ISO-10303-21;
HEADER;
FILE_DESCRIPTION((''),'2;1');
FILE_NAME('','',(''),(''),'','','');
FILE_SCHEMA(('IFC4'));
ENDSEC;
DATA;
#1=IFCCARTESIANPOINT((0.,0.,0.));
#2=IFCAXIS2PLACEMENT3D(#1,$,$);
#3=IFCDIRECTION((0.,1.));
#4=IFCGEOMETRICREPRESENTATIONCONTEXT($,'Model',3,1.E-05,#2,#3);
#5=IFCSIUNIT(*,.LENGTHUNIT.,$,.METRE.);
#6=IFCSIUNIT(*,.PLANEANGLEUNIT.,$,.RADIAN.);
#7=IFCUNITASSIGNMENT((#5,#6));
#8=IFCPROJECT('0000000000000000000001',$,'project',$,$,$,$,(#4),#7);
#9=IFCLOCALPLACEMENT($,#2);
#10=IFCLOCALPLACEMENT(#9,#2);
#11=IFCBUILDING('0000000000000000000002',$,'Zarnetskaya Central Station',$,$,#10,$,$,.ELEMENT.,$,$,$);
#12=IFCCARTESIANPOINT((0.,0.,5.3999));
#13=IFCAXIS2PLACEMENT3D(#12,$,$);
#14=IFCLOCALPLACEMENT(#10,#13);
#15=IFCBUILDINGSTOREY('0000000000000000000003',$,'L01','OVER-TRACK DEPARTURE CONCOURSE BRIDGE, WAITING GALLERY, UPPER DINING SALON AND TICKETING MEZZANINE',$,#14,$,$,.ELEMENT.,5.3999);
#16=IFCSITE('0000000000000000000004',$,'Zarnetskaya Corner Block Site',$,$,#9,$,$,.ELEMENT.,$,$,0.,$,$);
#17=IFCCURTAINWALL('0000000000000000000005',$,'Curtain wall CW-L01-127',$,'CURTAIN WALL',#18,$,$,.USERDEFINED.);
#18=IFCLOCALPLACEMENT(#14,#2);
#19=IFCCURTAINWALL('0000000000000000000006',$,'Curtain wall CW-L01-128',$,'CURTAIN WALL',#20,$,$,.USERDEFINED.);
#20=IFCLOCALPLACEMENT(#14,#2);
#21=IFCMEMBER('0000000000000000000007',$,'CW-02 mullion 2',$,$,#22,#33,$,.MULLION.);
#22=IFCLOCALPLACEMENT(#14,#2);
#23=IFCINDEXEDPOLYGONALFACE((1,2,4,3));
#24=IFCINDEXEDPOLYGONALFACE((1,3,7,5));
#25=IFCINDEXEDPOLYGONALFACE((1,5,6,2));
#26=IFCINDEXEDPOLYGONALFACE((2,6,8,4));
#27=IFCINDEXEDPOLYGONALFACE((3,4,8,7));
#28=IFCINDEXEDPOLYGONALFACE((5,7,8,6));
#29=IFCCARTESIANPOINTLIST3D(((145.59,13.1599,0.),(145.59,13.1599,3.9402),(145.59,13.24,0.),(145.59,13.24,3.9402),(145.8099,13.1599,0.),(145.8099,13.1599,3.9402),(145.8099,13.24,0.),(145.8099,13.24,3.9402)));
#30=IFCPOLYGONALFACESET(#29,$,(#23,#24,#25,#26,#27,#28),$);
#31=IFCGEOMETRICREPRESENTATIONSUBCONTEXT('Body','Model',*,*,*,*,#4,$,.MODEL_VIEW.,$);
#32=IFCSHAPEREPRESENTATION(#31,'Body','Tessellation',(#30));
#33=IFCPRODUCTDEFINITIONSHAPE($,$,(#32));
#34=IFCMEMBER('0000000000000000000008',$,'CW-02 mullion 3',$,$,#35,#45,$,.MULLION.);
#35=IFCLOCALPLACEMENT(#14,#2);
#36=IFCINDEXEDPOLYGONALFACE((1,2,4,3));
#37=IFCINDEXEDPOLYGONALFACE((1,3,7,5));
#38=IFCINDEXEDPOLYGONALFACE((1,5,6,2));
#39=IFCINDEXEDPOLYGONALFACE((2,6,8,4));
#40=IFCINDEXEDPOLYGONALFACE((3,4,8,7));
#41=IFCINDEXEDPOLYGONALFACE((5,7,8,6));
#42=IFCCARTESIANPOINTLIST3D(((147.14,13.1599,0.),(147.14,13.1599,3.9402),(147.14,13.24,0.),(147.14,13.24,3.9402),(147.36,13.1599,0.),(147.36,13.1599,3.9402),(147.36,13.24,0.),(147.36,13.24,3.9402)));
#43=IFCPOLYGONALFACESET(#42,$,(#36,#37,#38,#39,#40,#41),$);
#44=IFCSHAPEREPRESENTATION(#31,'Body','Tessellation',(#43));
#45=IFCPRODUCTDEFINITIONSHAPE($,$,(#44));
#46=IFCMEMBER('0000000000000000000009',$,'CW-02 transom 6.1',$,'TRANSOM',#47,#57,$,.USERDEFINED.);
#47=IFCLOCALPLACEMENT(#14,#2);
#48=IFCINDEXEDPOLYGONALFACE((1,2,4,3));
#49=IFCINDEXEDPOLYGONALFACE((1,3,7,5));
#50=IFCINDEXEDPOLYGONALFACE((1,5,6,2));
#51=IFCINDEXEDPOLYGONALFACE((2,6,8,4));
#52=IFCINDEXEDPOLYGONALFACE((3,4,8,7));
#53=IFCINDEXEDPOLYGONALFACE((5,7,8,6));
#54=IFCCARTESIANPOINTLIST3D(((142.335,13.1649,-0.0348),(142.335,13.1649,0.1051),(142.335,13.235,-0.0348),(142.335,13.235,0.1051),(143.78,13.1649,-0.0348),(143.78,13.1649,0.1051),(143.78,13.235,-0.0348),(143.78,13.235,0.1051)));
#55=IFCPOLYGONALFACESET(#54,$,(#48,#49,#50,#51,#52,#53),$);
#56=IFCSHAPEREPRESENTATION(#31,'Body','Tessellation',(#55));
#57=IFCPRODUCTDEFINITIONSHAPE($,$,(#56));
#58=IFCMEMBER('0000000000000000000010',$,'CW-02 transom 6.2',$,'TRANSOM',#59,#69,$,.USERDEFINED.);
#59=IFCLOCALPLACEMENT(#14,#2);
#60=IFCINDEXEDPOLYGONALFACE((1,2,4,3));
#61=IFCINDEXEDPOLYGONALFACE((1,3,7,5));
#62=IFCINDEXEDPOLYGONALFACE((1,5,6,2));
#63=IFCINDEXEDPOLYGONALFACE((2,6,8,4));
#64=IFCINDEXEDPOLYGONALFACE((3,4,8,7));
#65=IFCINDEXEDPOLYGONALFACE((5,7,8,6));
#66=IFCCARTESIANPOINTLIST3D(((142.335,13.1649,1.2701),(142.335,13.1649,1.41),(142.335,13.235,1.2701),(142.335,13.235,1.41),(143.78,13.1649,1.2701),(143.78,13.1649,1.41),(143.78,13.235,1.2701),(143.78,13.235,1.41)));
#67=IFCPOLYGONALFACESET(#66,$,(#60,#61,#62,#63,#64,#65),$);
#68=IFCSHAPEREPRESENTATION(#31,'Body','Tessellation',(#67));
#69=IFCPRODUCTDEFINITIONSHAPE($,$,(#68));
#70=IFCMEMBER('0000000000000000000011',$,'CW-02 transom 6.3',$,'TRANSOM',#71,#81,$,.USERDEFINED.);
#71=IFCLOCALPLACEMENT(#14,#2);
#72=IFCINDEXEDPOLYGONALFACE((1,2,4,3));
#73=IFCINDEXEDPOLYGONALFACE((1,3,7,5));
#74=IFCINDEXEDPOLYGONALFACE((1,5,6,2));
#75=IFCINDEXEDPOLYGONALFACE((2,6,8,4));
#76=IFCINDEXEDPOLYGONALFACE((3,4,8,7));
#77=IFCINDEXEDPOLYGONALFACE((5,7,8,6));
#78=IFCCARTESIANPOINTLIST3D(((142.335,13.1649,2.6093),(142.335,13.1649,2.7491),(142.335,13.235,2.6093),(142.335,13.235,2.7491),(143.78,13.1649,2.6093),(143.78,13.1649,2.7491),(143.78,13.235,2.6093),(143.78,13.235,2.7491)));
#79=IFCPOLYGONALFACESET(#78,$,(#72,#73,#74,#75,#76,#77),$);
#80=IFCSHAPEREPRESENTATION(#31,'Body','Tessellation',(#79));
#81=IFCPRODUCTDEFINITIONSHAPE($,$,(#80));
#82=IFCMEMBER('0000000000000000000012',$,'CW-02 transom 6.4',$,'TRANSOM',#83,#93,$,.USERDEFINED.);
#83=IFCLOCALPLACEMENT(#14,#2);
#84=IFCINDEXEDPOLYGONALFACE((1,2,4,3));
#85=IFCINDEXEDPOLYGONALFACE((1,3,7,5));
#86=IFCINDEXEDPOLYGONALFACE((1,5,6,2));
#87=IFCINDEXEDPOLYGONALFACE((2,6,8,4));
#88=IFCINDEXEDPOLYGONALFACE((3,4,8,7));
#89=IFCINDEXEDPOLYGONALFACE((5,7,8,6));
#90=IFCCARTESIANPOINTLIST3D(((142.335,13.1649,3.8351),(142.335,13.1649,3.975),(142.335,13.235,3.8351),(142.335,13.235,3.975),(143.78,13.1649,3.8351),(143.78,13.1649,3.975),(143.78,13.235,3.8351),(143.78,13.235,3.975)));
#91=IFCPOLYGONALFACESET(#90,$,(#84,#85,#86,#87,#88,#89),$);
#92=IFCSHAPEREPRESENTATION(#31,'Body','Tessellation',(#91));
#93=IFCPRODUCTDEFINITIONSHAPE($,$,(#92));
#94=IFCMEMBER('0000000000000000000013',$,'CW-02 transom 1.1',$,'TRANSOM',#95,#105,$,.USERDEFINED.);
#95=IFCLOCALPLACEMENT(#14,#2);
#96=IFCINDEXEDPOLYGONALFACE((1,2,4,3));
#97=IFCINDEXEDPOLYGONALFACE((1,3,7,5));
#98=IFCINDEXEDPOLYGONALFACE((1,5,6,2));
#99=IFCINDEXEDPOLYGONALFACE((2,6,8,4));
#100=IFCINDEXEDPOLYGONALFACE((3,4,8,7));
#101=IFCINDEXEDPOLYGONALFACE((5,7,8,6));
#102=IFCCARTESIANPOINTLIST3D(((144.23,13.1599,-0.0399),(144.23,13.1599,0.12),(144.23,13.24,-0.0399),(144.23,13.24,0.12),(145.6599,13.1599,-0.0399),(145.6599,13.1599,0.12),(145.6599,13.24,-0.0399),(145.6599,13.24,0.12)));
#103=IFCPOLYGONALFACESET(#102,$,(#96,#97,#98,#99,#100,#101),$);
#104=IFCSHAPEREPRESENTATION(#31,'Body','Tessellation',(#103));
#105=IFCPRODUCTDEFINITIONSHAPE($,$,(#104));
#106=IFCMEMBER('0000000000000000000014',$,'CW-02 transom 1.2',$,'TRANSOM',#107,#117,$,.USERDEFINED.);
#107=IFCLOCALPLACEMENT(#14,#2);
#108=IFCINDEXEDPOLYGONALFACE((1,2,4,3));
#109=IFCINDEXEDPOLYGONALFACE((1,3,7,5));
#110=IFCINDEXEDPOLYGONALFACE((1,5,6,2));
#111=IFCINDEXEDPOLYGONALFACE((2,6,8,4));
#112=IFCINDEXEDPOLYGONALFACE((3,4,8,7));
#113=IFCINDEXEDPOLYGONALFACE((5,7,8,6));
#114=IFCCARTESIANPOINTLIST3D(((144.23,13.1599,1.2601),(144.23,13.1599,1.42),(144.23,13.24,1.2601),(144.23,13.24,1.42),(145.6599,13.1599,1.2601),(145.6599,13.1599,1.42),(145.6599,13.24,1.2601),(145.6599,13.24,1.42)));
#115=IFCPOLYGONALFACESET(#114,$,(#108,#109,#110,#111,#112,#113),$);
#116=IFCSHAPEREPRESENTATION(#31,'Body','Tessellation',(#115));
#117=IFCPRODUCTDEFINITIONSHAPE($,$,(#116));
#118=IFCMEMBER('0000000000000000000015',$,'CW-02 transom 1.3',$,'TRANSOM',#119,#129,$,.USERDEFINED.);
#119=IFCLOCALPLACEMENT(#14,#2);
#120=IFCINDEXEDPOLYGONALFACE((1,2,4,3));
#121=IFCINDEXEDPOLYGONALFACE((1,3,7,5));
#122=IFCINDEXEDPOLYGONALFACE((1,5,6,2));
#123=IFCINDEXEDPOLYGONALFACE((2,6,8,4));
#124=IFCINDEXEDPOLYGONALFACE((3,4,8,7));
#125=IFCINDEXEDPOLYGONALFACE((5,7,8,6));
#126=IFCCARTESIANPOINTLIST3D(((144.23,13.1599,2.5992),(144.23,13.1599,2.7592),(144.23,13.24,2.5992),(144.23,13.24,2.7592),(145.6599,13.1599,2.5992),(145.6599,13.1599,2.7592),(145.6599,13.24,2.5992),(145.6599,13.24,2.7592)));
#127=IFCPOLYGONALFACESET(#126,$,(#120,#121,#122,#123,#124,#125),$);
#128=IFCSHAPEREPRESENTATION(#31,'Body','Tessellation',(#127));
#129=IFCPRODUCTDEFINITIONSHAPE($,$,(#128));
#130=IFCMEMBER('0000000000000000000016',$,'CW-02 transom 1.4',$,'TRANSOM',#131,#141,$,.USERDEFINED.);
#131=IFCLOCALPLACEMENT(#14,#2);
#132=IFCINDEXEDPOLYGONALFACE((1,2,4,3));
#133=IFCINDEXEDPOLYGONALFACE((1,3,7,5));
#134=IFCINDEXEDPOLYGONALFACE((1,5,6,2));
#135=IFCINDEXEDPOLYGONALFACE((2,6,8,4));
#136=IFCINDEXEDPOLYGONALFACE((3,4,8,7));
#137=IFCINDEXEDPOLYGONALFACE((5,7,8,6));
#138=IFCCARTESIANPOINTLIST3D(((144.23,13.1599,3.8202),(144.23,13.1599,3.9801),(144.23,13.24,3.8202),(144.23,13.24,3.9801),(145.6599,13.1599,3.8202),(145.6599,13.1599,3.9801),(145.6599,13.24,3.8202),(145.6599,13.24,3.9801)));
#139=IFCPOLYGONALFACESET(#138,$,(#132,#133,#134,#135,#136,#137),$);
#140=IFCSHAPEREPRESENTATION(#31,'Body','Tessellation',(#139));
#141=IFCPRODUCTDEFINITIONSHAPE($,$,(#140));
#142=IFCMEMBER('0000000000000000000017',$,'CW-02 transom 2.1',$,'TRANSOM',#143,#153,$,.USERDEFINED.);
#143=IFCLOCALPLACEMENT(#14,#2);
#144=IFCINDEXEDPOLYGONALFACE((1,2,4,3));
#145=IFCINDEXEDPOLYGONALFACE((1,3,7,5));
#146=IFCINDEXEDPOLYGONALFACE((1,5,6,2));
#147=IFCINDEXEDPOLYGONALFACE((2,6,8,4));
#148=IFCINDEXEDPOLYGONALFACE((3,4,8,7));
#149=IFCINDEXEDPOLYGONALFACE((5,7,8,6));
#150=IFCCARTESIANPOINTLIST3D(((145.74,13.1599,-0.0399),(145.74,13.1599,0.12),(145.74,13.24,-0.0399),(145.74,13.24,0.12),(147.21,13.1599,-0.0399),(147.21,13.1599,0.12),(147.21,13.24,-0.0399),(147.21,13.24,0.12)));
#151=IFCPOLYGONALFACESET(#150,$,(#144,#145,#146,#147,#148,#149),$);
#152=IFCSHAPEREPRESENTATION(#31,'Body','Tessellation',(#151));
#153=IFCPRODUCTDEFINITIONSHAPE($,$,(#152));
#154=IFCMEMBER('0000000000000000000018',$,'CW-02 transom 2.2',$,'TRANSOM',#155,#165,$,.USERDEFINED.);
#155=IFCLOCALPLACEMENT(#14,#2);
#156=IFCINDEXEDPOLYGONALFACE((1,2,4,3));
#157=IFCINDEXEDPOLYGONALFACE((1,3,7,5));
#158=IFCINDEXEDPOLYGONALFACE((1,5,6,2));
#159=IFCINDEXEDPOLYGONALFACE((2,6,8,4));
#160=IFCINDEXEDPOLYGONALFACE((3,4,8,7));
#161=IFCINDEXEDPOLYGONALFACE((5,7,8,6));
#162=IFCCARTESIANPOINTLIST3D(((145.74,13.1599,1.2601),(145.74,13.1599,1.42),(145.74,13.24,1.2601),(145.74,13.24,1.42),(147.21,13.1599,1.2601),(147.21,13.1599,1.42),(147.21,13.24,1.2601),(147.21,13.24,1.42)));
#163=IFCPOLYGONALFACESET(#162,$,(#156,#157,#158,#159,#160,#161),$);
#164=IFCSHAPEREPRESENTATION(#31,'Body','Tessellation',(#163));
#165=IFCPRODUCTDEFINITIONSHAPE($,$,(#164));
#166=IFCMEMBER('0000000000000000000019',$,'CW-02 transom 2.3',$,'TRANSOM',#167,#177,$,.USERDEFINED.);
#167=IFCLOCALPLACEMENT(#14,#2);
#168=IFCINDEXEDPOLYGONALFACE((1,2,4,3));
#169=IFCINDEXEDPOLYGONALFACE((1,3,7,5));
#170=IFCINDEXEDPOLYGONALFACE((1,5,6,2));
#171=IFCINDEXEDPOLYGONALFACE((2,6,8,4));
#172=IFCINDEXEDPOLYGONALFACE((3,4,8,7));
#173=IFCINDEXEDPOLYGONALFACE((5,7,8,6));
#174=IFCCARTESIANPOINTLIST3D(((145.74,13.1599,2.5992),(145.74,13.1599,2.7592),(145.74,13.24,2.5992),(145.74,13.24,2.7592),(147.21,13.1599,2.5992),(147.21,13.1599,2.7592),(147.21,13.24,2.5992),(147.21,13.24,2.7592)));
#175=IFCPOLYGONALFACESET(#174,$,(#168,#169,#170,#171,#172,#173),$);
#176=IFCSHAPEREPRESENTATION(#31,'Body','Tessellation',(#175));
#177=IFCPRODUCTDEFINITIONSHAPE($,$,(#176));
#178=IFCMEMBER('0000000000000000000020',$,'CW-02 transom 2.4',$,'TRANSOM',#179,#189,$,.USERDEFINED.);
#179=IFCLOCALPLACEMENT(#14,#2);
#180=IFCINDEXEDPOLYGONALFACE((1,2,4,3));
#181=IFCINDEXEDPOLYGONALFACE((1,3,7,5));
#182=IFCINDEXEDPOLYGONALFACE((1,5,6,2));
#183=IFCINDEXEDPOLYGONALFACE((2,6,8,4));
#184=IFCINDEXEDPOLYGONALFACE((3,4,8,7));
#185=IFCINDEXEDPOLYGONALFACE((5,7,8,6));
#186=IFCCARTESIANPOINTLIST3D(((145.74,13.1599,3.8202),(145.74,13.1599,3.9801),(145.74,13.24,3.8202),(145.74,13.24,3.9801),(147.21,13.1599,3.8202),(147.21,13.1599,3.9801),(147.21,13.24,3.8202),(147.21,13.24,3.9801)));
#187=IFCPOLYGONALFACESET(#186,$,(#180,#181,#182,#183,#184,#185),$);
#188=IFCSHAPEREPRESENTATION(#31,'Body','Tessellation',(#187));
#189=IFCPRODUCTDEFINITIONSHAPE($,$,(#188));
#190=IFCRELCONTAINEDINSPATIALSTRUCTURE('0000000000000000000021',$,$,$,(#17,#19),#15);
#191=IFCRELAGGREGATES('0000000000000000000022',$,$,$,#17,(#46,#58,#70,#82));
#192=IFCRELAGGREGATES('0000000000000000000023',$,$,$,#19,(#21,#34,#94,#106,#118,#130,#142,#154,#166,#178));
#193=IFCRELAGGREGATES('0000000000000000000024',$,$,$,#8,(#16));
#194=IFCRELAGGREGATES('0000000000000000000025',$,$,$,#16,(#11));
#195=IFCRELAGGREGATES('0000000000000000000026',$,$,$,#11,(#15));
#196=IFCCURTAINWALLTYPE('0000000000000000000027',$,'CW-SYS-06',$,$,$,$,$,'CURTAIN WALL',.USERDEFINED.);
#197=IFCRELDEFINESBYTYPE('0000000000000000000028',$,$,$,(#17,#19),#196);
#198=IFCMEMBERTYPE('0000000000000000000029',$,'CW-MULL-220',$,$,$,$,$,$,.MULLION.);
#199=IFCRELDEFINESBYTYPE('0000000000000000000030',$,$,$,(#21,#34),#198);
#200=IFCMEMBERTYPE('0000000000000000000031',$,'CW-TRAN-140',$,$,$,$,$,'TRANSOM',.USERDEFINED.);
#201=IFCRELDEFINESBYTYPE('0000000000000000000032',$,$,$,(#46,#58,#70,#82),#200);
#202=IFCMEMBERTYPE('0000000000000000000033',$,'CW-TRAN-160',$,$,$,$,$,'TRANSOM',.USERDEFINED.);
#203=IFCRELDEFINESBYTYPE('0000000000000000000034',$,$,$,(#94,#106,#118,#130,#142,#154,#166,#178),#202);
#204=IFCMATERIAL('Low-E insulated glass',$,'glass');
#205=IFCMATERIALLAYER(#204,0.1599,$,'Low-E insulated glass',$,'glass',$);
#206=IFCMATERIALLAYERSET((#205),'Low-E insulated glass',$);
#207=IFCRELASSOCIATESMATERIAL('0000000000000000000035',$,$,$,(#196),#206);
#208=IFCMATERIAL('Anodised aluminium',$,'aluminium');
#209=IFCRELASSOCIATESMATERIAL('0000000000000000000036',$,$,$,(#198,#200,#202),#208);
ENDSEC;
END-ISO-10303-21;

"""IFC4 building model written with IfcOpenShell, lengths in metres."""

from ifc_helpers import new_model, si_unit, direction, frame, origin, origin_2d, place, context, subcontext, project, spatial, rectangle, extrude, material, layer, layer_set, material_profile, profile_set, type_object, element, aggregate, save


model = new_model("IFC4")

# Units and contexts
model_context = context("Model", 3, precision=1e-05, world=origin(), true_north=direction((0.0, 1.0)))
body_context = subcontext(model_context, "Body", "Model", "MODEL_VIEW")
ifc_project = project(units=[si_unit("LENGTHUNIT", "METRE"), si_unit("PLANEANGLEUNIT", "RADIAN")], contexts=[model_context])

# Site, building, storey
site_placement = place(None, origin())
site = spatial("IfcSite", under=ifc_project, at=site_placement, Name="Zarnetskaya Corner Block Site", CompositionType="ELEMENT", RefElevation=0.0)
building_placement = place(site_placement, origin())
building = spatial("IfcBuilding", under=site, at=building_placement, Name="Zarnetskaya Central Station", CompositionType="ELEMENT")
storey_placement = place(building_placement, frame((0.0, 0.0, 5.3999)))
storey = spatial("IfcBuildingStorey", under=building, at=storey_placement, Name="L01", Description="OVER-TRACK DEPARTURE CONCOURSE BRIDGE, WAITING GALLERY, UPPER DINING SALON AND TICKETING MEZZANINE", CompositionType="ELEMENT", Elevation=5.3999)

# Curtain walls, members
ifc_material_1 = material(Name="Low-E insulated glass", Category="glass")
ifc_layer_1 = layer(ifc_material_1, 0.1599, Name="Low-E insulated glass", Category="glass")
ifc_layer_set_1 = layer_set([ifc_layer_1], Name="Low-E insulated glass")
curtain_wall_type = type_object("IfcCurtainWallType", Name="CW-SYS-06", ElementType="CURTAIN WALL", PredefinedType="USERDEFINED", material=ifc_layer_set_1)
curtain_wall_1_placement = place(storey_placement, origin())
curtain_wall_1 = element("IfcCurtainWall", 1, at=curtain_wall_1_placement, inside=storey, type_object=curtain_wall_type, Name="Curtain wall CW-L01-127", ObjectType="CURTAIN WALL", PredefinedType="USERDEFINED")
ifc_material_2 = material(Name="Anodised aluminium", Category="aluminium")
curtain_wall_2_placement = place(storey_placement, origin())
curtain_wall_2 = element("IfcCurtainWall", 2, at=curtain_wall_2_placement, inside=storey, type_object=curtain_wall_type, Name="Curtain wall CW-L01-128", ObjectType="CURTAIN WALL", PredefinedType="USERDEFINED")
ifc_material_profile_1 = material_profile(ifc_material_2, rectangle(XDim=0.0801, YDim=0.22, at=origin_2d()), Name="ALU MULL 80x220")
ifc_profile_set_1 = profile_set([ifc_material_profile_1], Name="Anodised aluminium")
member_type_1 = type_object("IfcMemberType", Name="CW-MULL-220", PredefinedType="MULLION", material=ifc_profile_set_1)
member_1_placement = place(storey_placement, frame((145.7, 13.2, 0.0), z_axis=(0.0, 0.0, 1.0), x_axis=(0.0, 1.0, 0.0)))
member_1 = element("IfcMember", 3, at=member_1_placement, type_object=member_type_1, Name="CW-02 mullion 2", PredefinedType="MULLION", context=body_context, shape_type="SweptSolid", body=[
    extrude(rectangle(XDim=0.0801, YDim=0.22, at=origin_2d()), origin(), (0.0, 0.0, 1.0), 3.9402),
])
member_2_placement = place(storey_placement, frame((147.25, 13.2, 0.0), z_axis=(0.0, 0.0, 1.0), x_axis=(0.0, 1.0, 0.0)))
member_2 = element("IfcMember", 4, at=member_2_placement, type_object=member_type_1, Name="CW-02 mullion 3", PredefinedType="MULLION", context=body_context, shape_type="SweptSolid", body=[
    extrude(rectangle(XDim=0.0801, YDim=0.22, at=origin_2d()), origin(), (0.0, 0.0, 1.0), 3.9402),
])

# Members
ifc_material_profile_2 = material_profile(ifc_material_2, rectangle(XDim=0.0701, YDim=0.1399, at=origin_2d()), Name="ALU TRAN 70x140")
ifc_profile_set_2 = profile_set([ifc_material_profile_2], Name="Anodised aluminium")
member_type_2 = type_object("IfcMemberType", Name="CW-TRAN-140", ElementType="TRANSOM", PredefinedType="USERDEFINED", material=ifc_profile_set_2)
member_3_placement = place(storey_placement, frame((142.335, 13.2, 0.0352), z_axis=(1.0, 0.0, 0.0), x_axis=(0.0, 1.0, 0.0)))
member_3 = element("IfcMember", 5, at=member_3_placement, type_object=member_type_2, Name="CW-02 transom 6.1", ObjectType="TRANSOM", PredefinedType="USERDEFINED", context=body_context, shape_type="SweptSolid", body=[
    extrude(rectangle(XDim=0.0701, YDim=0.1399, at=origin_2d()), origin(), (0.0, 0.0, 1.0), 1.4451),
])
member_4_placement = place(storey_placement, frame((142.335, 13.2, 1.3401), z_axis=(1.0, 0.0, 0.0), x_axis=(0.0, 1.0, 0.0)))
member_4 = element("IfcMember", 6, at=member_4_placement, type_object=member_type_2, Name="CW-02 transom 6.2", ObjectType="TRANSOM", PredefinedType="USERDEFINED", context=body_context, shape_type="SweptSolid", body=[
    extrude(rectangle(XDim=0.0701, YDim=0.1399, at=origin_2d()), origin(), (0.0, 0.0, 1.0), 1.4451),
])
member_5_placement = place(storey_placement, frame((142.335, 13.2, 2.6792), z_axis=(1.0, 0.0, 0.0), x_axis=(0.0, 1.0, 0.0)))
member_5 = element("IfcMember", 7, at=member_5_placement, type_object=member_type_2, Name="CW-02 transom 6.3", ObjectType="TRANSOM", PredefinedType="USERDEFINED", context=body_context, shape_type="SweptSolid", body=[
    extrude(rectangle(XDim=0.0701, YDim=0.1399, at=origin_2d()), origin(), (0.0, 0.0, 1.0), 1.4451),
])
member_6_placement = place(storey_placement, frame((142.335, 13.2, 3.905), z_axis=(1.0, 0.0, 0.0), x_axis=(0.0, 1.0, 0.0)))
member_6 = element("IfcMember", 8, at=member_6_placement, type_object=member_type_2, Name="CW-02 transom 6.4", ObjectType="TRANSOM", PredefinedType="USERDEFINED", context=body_context, shape_type="SweptSolid", body=[
    extrude(rectangle(XDim=0.0701, YDim=0.1399, at=origin_2d()), origin(), (0.0, 0.0, 1.0), 1.4451),
])
ifc_material_profile_3 = material_profile(ifc_material_2, rectangle(XDim=0.0801, YDim=0.1599, at=origin_2d()), Name="ALU TRAN 80x160")
ifc_profile_set_3 = profile_set([ifc_material_profile_3], Name="Anodised aluminium")
member_type_3 = type_object("IfcMemberType", Name="CW-TRAN-160", ElementType="TRANSOM", PredefinedType="USERDEFINED", material=ifc_profile_set_3)
member_7_placement = place(storey_placement, frame((144.23, 13.2, 0.04), z_axis=(1.0, 0.0, 0.0), x_axis=(0.0, 1.0, 0.0)))
member_7 = element("IfcMember", 9, at=member_7_placement, type_object=member_type_3, Name="CW-02 transom 1.1", ObjectType="TRANSOM", PredefinedType="USERDEFINED", context=body_context, shape_type="SweptSolid", body=[
    extrude(rectangle(XDim=0.0801, YDim=0.1599, at=origin_2d()), origin(), (0.0, 0.0, 1.0), 1.4299),
])
member_8_placement = place(storey_placement, frame((144.23, 13.2, 1.3401), z_axis=(1.0, 0.0, 0.0), x_axis=(0.0, 1.0, 0.0)))
member_8 = element("IfcMember", 10, at=member_8_placement, type_object=member_type_3, Name="CW-02 transom 1.2", ObjectType="TRANSOM", PredefinedType="USERDEFINED", context=body_context, shape_type="SweptSolid", body=[
    extrude(rectangle(XDim=0.0801, YDim=0.1599, at=origin_2d()), origin(), (0.0, 0.0, 1.0), 1.4299),
])
member_9_placement = place(storey_placement, frame((144.23, 13.2, 2.6792), z_axis=(1.0, 0.0, 0.0), x_axis=(0.0, 1.0, 0.0)))
member_9 = element("IfcMember", 11, at=member_9_placement, type_object=member_type_3, Name="CW-02 transom 1.3", ObjectType="TRANSOM", PredefinedType="USERDEFINED", context=body_context, shape_type="SweptSolid", body=[
    extrude(rectangle(XDim=0.0801, YDim=0.1599, at=origin_2d()), origin(), (0.0, 0.0, 1.0), 1.4299),
])
member_10_placement = place(storey_placement, frame((144.23, 13.2, 3.9001), z_axis=(1.0, 0.0, 0.0), x_axis=(0.0, 1.0, 0.0)))
member_10 = element("IfcMember", 12, at=member_10_placement, type_object=member_type_3, Name="CW-02 transom 1.4", ObjectType="TRANSOM", PredefinedType="USERDEFINED", context=body_context, shape_type="SweptSolid", body=[
    extrude(rectangle(XDim=0.0801, YDim=0.1599, at=origin_2d()), origin(), (0.0, 0.0, 1.0), 1.4299),
])
member_11_placement = place(storey_placement, frame((145.74, 13.2, 0.04), z_axis=(1.0, 0.0, 0.0), x_axis=(0.0, 1.0, 0.0)))
member_11 = element("IfcMember", 13, at=member_11_placement, type_object=member_type_3, Name="CW-02 transom 2.1", ObjectType="TRANSOM", PredefinedType="USERDEFINED", context=body_context, shape_type="SweptSolid", body=[
    extrude(rectangle(XDim=0.0801, YDim=0.1599, at=origin_2d()), origin(), (0.0, 0.0, 1.0), 1.47),
])
member_12_placement = place(storey_placement, frame((145.74, 13.2, 1.3401), z_axis=(1.0, 0.0, 0.0), x_axis=(0.0, 1.0, 0.0)))
member_12 = element("IfcMember", 14, at=member_12_placement, type_object=member_type_3, Name="CW-02 transom 2.2", ObjectType="TRANSOM", PredefinedType="USERDEFINED", context=body_context, shape_type="SweptSolid", body=[
    extrude(rectangle(XDim=0.0801, YDim=0.1599, at=origin_2d()), origin(), (0.0, 0.0, 1.0), 1.47),
])
member_13_placement = place(storey_placement, frame((145.74, 13.2, 2.6792), z_axis=(1.0, 0.0, 0.0), x_axis=(0.0, 1.0, 0.0)))
member_13 = element("IfcMember", 15, at=member_13_placement, type_object=member_type_3, Name="CW-02 transom 2.3", ObjectType="TRANSOM", PredefinedType="USERDEFINED", context=body_context, shape_type="SweptSolid", body=[
    extrude(rectangle(XDim=0.0801, YDim=0.1599, at=origin_2d()), origin(), (0.0, 0.0, 1.0), 1.47),
])
member_14_placement = place(storey_placement, frame((145.74, 13.2, 3.9001), z_axis=(1.0, 0.0, 0.0), x_axis=(0.0, 1.0, 0.0)))
member_14 = element("IfcMember", 16, at=member_14_placement, type_object=member_type_3, Name="CW-02 transom 2.4", ObjectType="TRANSOM", PredefinedType="USERDEFINED", context=body_context, shape_type="SweptSolid", body=[
    extrude(rectangle(XDim=0.0801, YDim=0.1599, at=origin_2d()), origin(), (0.0, 0.0, 1.0), 1.47),
])

aggregate(curtain_wall_1, [member_3, member_4, member_5, member_6])
aggregate(curtain_wall_2, [member_1, member_2, member_7, member_8, member_9, member_10, member_11, member_12, member_13, member_14])

save(model, "model.ifc")
